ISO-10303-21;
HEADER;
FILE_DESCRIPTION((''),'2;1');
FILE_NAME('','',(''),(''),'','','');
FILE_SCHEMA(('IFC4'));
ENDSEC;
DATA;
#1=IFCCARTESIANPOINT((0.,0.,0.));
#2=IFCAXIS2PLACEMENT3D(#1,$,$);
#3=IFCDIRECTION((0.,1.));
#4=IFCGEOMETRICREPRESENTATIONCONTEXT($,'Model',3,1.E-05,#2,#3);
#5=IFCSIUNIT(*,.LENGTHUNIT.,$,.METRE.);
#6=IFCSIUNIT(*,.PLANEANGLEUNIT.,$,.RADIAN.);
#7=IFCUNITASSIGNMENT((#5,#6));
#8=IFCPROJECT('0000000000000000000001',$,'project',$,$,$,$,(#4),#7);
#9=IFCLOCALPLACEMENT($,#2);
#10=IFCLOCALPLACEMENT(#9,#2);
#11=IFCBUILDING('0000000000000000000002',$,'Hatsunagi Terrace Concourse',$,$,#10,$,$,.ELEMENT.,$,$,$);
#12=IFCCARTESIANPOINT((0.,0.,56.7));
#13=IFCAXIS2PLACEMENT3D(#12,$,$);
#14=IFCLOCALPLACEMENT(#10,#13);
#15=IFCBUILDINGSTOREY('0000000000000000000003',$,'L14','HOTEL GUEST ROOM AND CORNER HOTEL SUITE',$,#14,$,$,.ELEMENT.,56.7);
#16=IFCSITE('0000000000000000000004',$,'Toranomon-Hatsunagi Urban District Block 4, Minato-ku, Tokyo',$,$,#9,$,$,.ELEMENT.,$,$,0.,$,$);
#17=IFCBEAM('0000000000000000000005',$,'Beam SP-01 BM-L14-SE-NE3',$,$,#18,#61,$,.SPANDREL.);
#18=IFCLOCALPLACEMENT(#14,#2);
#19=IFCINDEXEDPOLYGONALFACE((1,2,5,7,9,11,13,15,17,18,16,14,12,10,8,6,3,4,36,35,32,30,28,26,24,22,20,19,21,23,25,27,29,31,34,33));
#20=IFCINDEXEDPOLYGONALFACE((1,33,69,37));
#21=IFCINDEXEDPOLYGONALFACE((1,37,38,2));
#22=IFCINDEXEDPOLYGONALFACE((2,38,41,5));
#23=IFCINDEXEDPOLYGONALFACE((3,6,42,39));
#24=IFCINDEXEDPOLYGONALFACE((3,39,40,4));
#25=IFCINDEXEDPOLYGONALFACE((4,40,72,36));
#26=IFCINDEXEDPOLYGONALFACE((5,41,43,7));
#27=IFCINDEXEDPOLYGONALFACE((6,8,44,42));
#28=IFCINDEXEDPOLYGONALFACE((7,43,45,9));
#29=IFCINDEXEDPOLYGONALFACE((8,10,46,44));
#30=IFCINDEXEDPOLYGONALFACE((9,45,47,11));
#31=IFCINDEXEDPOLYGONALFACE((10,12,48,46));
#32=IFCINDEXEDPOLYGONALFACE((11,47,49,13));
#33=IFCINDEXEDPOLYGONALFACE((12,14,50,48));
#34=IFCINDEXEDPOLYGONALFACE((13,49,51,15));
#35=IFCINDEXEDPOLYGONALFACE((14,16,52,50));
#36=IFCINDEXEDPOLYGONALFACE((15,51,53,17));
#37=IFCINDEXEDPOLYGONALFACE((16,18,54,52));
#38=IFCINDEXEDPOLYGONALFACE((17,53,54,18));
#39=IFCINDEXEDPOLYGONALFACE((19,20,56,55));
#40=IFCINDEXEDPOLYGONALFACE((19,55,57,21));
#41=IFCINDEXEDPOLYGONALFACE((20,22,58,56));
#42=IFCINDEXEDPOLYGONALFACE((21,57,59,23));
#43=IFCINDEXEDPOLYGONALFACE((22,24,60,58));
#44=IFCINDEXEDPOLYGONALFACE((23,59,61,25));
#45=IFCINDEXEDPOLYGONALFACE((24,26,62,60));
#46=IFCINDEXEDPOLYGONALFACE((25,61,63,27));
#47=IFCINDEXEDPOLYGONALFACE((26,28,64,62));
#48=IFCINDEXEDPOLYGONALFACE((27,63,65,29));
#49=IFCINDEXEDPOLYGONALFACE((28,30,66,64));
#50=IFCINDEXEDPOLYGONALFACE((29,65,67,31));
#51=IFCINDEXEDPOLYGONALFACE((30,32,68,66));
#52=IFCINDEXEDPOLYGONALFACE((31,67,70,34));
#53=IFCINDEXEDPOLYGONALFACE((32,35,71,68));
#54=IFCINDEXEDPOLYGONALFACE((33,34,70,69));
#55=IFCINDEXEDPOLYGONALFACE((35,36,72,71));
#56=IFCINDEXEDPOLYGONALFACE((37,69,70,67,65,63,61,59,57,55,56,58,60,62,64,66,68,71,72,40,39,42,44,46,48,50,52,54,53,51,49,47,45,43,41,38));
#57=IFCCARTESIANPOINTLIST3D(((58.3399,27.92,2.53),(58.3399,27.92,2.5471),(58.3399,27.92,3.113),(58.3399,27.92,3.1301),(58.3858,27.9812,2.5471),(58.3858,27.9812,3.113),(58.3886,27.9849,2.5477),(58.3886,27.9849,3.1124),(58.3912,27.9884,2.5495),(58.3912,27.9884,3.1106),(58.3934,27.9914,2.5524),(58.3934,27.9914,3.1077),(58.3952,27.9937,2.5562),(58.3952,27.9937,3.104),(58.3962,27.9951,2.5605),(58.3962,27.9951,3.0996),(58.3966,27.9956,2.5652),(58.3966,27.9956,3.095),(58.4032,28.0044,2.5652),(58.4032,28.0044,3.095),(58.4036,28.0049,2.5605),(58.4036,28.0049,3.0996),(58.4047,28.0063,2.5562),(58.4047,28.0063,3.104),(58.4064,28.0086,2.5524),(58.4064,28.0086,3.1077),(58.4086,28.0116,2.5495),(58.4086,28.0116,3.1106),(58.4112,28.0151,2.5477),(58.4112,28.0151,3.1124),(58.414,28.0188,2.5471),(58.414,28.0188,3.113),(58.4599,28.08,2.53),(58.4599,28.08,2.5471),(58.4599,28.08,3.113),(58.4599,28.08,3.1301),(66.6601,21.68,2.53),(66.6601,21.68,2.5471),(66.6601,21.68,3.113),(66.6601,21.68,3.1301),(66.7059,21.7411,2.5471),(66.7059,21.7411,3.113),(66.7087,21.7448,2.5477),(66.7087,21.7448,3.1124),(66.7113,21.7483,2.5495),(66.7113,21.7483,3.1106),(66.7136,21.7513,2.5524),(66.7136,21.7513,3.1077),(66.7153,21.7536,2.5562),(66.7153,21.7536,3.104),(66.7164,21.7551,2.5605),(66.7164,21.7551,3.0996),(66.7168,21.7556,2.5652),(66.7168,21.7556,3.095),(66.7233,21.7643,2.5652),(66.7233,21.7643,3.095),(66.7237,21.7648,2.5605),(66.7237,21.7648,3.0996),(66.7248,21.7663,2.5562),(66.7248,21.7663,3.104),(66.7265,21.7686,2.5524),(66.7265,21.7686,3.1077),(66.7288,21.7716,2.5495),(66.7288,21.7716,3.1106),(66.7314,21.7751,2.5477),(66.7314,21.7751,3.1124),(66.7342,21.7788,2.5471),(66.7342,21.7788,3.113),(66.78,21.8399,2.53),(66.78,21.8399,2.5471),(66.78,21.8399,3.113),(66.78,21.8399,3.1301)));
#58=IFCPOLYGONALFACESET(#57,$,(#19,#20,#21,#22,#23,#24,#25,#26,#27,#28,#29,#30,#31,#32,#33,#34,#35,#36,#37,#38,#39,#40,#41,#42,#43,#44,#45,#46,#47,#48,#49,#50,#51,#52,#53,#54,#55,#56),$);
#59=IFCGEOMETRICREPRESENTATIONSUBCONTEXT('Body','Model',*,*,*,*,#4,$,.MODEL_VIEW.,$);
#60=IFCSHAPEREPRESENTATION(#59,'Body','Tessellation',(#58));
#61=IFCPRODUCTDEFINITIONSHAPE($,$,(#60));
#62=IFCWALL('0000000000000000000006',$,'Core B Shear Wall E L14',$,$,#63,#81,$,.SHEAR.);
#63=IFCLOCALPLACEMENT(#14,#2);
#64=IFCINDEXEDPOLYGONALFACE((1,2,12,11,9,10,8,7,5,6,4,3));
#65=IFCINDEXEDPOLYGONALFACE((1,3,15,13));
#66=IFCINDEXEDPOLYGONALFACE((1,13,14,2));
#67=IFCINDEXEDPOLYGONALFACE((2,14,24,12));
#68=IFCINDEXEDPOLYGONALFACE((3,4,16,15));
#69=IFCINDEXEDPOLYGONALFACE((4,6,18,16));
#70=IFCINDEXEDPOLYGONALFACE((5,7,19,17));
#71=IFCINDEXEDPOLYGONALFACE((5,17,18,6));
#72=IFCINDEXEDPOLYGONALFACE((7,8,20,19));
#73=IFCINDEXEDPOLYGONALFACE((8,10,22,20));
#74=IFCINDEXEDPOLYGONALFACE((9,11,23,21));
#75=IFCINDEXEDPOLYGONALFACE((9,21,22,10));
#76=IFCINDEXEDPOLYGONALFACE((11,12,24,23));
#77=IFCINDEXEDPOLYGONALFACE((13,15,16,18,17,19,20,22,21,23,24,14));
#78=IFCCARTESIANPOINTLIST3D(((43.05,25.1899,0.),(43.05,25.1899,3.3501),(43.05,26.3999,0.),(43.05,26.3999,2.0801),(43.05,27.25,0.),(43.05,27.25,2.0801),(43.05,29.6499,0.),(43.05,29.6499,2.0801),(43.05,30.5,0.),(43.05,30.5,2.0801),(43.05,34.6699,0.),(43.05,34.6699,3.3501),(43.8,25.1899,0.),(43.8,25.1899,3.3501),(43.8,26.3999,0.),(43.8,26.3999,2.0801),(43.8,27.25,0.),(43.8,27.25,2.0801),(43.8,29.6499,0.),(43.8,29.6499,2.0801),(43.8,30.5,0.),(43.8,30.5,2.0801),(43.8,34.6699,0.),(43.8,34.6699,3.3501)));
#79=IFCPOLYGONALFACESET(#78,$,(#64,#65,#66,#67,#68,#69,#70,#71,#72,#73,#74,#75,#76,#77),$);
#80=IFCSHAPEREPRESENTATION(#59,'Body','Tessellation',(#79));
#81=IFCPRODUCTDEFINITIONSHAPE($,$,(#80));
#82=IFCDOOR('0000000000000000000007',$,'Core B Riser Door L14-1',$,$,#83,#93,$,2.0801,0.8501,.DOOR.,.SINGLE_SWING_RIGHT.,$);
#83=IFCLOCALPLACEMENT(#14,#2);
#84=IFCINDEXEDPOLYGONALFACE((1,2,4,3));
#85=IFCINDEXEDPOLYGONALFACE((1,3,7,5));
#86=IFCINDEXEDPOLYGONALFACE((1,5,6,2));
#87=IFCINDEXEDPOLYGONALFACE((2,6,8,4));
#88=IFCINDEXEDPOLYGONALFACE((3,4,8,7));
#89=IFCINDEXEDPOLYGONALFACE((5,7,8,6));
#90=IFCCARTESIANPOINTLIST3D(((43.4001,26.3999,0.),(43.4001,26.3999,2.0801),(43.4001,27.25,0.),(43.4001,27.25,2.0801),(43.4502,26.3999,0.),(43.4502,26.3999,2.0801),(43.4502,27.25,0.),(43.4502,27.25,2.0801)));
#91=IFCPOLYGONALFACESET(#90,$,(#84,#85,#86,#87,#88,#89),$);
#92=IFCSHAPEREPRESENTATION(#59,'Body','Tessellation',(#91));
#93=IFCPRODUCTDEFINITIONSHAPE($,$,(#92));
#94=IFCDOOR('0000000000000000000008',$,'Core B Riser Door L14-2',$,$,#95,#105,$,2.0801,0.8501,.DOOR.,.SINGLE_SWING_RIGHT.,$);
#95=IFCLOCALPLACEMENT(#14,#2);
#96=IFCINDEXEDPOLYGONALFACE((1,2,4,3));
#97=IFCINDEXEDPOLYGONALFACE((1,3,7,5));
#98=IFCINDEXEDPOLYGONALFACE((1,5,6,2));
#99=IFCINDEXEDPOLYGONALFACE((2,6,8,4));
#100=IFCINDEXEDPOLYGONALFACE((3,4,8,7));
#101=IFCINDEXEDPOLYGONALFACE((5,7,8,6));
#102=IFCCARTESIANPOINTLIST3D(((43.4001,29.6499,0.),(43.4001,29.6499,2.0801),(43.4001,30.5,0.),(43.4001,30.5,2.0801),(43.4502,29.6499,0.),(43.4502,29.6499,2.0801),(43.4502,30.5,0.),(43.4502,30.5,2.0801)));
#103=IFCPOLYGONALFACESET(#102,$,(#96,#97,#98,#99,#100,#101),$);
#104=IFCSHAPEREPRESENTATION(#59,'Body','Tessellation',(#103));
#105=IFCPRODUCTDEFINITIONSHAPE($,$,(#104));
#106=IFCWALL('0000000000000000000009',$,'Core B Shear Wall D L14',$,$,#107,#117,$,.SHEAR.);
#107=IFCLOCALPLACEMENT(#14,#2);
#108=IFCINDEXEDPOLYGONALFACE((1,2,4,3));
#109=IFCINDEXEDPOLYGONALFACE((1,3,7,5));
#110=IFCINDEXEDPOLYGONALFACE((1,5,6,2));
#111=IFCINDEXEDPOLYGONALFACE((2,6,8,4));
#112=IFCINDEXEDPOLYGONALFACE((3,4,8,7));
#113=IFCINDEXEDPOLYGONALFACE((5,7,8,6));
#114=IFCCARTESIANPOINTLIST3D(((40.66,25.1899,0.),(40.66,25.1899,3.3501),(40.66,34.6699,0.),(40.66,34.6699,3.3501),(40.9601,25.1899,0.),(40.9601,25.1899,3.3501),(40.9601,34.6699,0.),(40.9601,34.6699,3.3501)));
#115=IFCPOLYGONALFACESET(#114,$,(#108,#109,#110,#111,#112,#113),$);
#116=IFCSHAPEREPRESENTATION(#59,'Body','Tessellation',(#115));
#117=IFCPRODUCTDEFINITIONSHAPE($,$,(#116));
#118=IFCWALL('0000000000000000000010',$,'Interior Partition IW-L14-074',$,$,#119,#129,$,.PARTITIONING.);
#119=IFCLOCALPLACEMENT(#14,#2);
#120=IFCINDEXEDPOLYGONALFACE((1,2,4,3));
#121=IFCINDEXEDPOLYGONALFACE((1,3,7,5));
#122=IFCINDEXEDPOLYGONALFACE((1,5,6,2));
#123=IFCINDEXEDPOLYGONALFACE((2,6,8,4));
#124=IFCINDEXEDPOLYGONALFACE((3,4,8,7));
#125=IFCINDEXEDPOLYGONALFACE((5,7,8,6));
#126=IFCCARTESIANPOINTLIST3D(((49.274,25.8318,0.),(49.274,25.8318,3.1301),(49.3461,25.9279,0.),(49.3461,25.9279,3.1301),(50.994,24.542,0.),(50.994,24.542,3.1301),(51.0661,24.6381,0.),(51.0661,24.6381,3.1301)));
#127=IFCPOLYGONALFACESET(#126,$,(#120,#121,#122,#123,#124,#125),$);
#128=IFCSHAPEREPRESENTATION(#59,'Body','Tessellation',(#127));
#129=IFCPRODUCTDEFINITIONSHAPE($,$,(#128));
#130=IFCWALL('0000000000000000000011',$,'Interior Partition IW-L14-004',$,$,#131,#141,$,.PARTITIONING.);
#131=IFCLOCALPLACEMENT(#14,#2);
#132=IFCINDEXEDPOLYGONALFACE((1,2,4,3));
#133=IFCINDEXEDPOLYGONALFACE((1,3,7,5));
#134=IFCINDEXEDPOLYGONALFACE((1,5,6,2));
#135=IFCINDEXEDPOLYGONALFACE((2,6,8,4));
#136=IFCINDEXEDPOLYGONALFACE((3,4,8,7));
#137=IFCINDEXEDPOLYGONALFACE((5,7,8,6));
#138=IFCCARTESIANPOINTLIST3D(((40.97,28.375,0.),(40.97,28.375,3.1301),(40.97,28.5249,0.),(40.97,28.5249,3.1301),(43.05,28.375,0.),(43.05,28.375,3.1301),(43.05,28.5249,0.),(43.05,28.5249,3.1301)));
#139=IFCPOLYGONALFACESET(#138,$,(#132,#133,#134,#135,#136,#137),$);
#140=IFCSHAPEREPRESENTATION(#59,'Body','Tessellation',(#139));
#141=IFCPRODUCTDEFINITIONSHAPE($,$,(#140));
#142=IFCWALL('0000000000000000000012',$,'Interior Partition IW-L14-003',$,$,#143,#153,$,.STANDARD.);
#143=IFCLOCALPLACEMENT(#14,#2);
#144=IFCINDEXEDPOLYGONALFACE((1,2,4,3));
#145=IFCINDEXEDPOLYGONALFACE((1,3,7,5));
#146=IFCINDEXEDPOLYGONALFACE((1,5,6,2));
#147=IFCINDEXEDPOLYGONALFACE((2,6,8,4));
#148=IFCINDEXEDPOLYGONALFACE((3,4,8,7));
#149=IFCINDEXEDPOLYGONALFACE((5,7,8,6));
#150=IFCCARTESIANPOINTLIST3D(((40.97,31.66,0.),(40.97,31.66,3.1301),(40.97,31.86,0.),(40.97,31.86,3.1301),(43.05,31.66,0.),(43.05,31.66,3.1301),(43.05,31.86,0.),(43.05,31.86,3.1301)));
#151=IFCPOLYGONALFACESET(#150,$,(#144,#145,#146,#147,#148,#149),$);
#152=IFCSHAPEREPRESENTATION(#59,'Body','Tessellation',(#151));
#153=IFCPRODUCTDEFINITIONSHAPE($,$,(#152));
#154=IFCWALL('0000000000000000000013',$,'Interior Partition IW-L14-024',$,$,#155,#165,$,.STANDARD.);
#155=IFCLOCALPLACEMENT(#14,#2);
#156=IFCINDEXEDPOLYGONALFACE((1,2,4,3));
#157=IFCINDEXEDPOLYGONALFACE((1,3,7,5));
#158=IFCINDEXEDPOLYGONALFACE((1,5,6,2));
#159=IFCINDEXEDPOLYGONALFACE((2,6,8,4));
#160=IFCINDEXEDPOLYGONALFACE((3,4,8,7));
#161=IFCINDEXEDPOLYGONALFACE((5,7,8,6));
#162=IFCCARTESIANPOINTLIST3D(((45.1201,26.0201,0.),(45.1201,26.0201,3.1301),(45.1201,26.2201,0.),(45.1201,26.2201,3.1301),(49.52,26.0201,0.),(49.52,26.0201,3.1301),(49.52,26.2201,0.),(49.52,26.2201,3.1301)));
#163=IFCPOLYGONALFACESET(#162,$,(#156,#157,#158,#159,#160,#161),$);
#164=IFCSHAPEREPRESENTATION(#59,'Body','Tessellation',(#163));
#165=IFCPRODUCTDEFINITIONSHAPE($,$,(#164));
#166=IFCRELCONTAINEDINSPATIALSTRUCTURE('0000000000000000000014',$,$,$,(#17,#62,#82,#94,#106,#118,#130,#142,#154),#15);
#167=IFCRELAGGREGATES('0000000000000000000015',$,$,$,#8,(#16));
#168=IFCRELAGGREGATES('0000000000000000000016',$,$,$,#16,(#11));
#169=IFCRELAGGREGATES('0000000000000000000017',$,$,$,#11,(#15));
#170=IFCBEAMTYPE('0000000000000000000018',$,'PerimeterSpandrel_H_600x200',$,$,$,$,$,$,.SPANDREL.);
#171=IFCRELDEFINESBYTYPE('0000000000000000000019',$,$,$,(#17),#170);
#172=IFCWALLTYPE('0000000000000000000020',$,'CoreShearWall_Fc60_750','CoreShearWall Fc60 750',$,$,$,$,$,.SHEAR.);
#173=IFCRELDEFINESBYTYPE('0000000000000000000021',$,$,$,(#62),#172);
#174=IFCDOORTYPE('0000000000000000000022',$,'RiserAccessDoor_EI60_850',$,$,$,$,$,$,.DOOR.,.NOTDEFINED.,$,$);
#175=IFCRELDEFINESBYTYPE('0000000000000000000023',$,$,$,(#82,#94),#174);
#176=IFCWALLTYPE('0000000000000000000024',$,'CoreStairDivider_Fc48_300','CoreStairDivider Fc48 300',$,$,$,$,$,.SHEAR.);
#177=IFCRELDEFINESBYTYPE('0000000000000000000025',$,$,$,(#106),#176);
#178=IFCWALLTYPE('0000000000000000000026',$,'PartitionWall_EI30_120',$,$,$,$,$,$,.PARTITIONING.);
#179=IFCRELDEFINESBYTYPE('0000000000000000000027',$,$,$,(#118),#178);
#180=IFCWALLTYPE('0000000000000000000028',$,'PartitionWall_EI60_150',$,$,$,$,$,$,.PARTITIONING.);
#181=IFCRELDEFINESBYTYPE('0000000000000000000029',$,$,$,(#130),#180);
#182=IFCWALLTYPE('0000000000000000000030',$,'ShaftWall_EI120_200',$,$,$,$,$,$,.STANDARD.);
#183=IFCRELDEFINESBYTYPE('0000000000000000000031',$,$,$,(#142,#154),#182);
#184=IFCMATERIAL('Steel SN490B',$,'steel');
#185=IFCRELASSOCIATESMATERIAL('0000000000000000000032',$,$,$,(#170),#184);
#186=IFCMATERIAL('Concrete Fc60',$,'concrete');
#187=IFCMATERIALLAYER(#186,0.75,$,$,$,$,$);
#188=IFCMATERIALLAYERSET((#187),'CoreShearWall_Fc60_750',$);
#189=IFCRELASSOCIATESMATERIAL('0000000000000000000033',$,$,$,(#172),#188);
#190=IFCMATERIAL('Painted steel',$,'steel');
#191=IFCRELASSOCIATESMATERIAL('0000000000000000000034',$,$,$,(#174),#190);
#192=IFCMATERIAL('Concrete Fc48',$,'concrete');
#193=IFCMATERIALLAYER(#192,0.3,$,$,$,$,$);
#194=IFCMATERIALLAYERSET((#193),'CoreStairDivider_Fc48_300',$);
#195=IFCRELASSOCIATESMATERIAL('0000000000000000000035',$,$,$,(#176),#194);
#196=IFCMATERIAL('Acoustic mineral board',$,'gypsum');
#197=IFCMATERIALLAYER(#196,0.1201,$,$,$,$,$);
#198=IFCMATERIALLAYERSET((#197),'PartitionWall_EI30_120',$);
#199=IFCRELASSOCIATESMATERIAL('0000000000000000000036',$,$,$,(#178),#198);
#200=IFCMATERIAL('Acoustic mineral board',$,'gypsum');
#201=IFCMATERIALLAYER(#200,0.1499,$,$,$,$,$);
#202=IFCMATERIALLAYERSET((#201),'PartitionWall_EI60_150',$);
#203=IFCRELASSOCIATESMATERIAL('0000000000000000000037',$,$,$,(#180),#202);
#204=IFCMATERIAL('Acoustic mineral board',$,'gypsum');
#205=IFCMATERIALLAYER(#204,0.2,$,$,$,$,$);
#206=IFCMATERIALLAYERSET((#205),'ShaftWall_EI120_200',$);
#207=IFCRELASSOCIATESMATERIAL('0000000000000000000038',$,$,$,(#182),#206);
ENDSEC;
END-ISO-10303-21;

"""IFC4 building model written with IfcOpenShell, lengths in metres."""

from ifc_helpers import new_model, si_unit, direction, frame, frame_2d, origin, origin_2d, place, context, subcontext, project, spatial, rectangle, i_section, extrude, material, layer, layer_set, material_profile, profile_set, type_object, element, fill, save


model = new_model("IFC4")

# Units and contexts
model_context = context("Model", 3, precision=1e-05, world=origin(), true_north=direction((0.0, 1.0)))
body_context = subcontext(model_context, "Body", "Model", "MODEL_VIEW")
ifc_project = project(units=[si_unit("LENGTHUNIT", "METRE"), si_unit("PLANEANGLEUNIT", "RADIAN")], contexts=[model_context])

# Site, building, storey
site_placement = place(None, origin())
site = spatial("IfcSite", under=ifc_project, at=site_placement, Name="Toranomon-Hatsunagi Urban District Block 4, Minato-ku, Tokyo", CompositionType="ELEMENT", RefElevation=0.0)
building_placement = place(site_placement, origin())
building = spatial("IfcBuilding", under=site, at=building_placement, Name="Hatsunagi Terrace Concourse", CompositionType="ELEMENT")
storey_placement = place(building_placement, frame((0.0, 0.0, 56.7)))
storey = spatial("IfcBuildingStorey", under=building, at=storey_placement, Name="L14", Description="HOTEL GUEST ROOM AND CORNER HOTEL SUITE", CompositionType="ELEMENT", Elevation=56.7)

# Beam
ifc_material_1 = material(Name="Steel SN490B", Category="steel")
ifc_material_profile_1 = material_profile(ifc_material_1, i_section(OverallWidth=0.2, OverallDepth=0.6001, WebThickness=0.011, FlangeThickness=0.0171, FilletRadius=0.0181, at=origin_2d()), Name="H-600x200x11x17")
ifc_profile_set_1 = profile_set([ifc_material_profile_1], Name="Steel SN490B")
beam_type_1 = type_object("IfcBeamType", Name="PerimeterSpandrel_H_600x200", PredefinedType="SPANDREL", material=ifc_profile_set_1)
beam_1_placement = place(storey_placement, frame((58.3999, 28.0, 2.8301), z_axis=(0.800003, -0.599996, 0.0), x_axis=(0.599996, 0.800003, 0.0)))
element("IfcBeam", 1, at=beam_1_placement, inside=storey, type_object=beam_type_1, Name="Beam SP-01 BM-L14-SE-NE3", PredefinedType="SPANDREL", context=body_context, shape_type="SweptSolid", body=[
    extrude(i_section(OverallWidth=0.2, OverallDepth=0.6001, WebThickness=0.011, FlangeThickness=0.0171, FilletRadius=0.0181, at=origin_2d()), origin(), (0.0, 0.0, 1.0), 10.4001),
])

# Wall, openings, doors
ifc_material_2 = material(Name="Concrete Fc60", Category="concrete")
ifc_layer_1 = layer(ifc_material_2, 0.75)
ifc_layer_set_1 = layer_set([ifc_layer_1], Name="CoreShearWall_Fc60_750")
wall_type_1 = type_object("IfcWallType", Name="CoreShearWall_Fc60_750", Description="CoreShearWall Fc60 750", PredefinedType="SHEAR", material=ifc_layer_set_1)
wall_1_placement = place(storey_placement, frame((43.425, 25.1899, 0.0), z_axis=(0.0, 0.0, 1.0), x_axis=(0.0, 1.0, 0.0)))
wall_1 = element("IfcWall", 2, at=wall_1_placement, inside=storey, type_object=wall_type_1, Name="Core B Shear Wall E L14", PredefinedType="SHEAR", context=body_context, shape_type="SweptSolid", body=[
    extrude(rectangle(XDim=9.48, YDim=0.75, at=frame_2d((4.74, 0.0))), origin(), (0.0, 0.0, 1.0), 3.3501),
])
opening_1_placement = place(wall_1_placement, frame((1.21, 0.0, 0.0)))
opening_1 = element("IfcOpeningElement", 3, at=opening_1_placement, cuts=wall_1, PredefinedType="OPENING", context=body_context, shape_type="SweptSolid", body=[
    extrude(rectangle(XDim=0.8501, YDim=2.0801, at=frame_2d((0.425, 1.04))), frame((0.0, 0.385, 0.0), z_axis=(0.0, -1.0, 0.0), x_axis=(1.0, 0.0, 0.0)), (0.0, 0.0, 1.0), 0.77),
])
opening_2_placement = place(wall_1_placement, frame((4.46, 0.0, 0.0)))
opening_2 = element("IfcOpeningElement", 4, at=opening_2_placement, cuts=wall_1, PredefinedType="OPENING", context=body_context, shape_type="SweptSolid", body=[
    extrude(rectangle(XDim=0.8501, YDim=2.0801, at=frame_2d((0.425, 1.04))), frame((0.0, 0.385, 0.0), z_axis=(0.0, -1.0, 0.0), x_axis=(1.0, 0.0, 0.0)), (0.0, 0.0, 1.0), 0.77),
])
ifc_material_3 = material(Name="Painted steel", Category="steel")
door_type_1 = type_object("IfcDoorType", Name="RiserAccessDoor_EI60_850", OperationType="NOTDEFINED", PredefinedType="DOOR", material=ifc_material_3)
door_1_placement = place(opening_1_placement, origin())
door_1 = element("IfcDoor", 5, at=door_1_placement, inside=storey, type_object=door_type_1, Name="Core B Riser Door L14-1", OperationType="SINGLE_SWING_RIGHT", OverallHeight=2.0801, OverallWidth=0.8501, PredefinedType="DOOR", context=body_context, shape_type="SweptSolid", body=[
    extrude(rectangle(XDim=0.8501, YDim=2.0801, at=frame_2d((0.425, 1.04))), frame((0.0, 0.0249, 0.0), z_axis=(0.0, -1.0, 0.0), x_axis=(1.0, 0.0, 0.0)), (0.0, 0.0, 1.0), 0.05),
])
fill(opening_1, door_1)
door_2_placement = place(opening_2_placement, origin())
door_2 = element("IfcDoor", 6, at=door_2_placement, inside=storey, type_object=door_type_1, Name="Core B Riser Door L14-2", OperationType="SINGLE_SWING_RIGHT", OverallHeight=2.0801, OverallWidth=0.8501, PredefinedType="DOOR", context=body_context, shape_type="SweptSolid", body=[
    extrude(rectangle(XDim=0.8501, YDim=2.0801, at=frame_2d((0.425, 1.04))), frame((0.0, 0.0249, 0.0), z_axis=(0.0, -1.0, 0.0), x_axis=(1.0, 0.0, 0.0)), (0.0, 0.0, 1.0), 0.05),
])
fill(opening_2, door_2)

# Walls
ifc_material_4 = material(Name="Concrete Fc48", Category="concrete")
ifc_layer_2 = layer(ifc_material_4, 0.3)
ifc_layer_set_2 = layer_set([ifc_layer_2], Name="CoreStairDivider_Fc48_300")
wall_type_2 = type_object("IfcWallType", Name="CoreStairDivider_Fc48_300", Description="CoreStairDivider Fc48 300", PredefinedType="SHEAR", material=ifc_layer_set_2)
wall_2_placement = place(storey_placement, frame((40.8101, 25.1899, 0.0), z_axis=(0.0, 0.0, 1.0), x_axis=(0.0, 1.0, 0.0)))
element("IfcWall", 7, at=wall_2_placement, inside=storey, type_object=wall_type_2, Name="Core B Shear Wall D L14", PredefinedType="SHEAR", context=body_context, shape_type="SweptSolid", body=[
    extrude(rectangle(XDim=9.48, YDim=0.3, at=frame_2d((4.74, 0.0))), origin(), (0.0, 0.0, 1.0), 3.3501),
])
ifc_material_5 = material(Name="Acoustic mineral board", Category="gypsum")
ifc_layer_3 = layer(ifc_material_5, 0.1201)
ifc_layer_set_3 = layer_set([ifc_layer_3], Name="PartitionWall_EI30_120")
wall_type_3 = type_object("IfcWallType", Name="PartitionWall_EI30_120", PredefinedType="PARTITIONING", material=ifc_layer_set_3)
wall_3_placement = place(storey_placement, frame((49.3101, 25.8799, 0.0), z_axis=(0.0, 0.0, 1.0), x_axis=(0.800041, -0.599945, 0.0)))
element("IfcWall", 8, at=wall_3_placement, inside=storey, type_object=wall_type_3, Name="Interior Partition IW-L14-074", PredefinedType="PARTITIONING", context=body_context, shape_type="SweptSolid", body=[
    extrude(rectangle(XDim=2.1499, YDim=0.1201, at=frame_2d((1.075, 0.0))), origin(), (0.0, 0.0, 1.0), 3.1301),
])
ifc_material_6 = material(Name="Acoustic mineral board", Category="gypsum")
ifc_layer_4 = layer(ifc_material_6, 0.1499)
ifc_layer_set_4 = layer_set([ifc_layer_4], Name="PartitionWall_EI60_150")
wall_type_4 = type_object("IfcWallType", Name="PartitionWall_EI60_150", PredefinedType="PARTITIONING", material=ifc_layer_set_4)
wall_4_placement = place(storey_placement, frame((40.97, 28.45, 0.0), z_axis=(0.0, 0.0, 1.0), x_axis=(1.0, 0.0, 0.0)))
element("IfcWall", 9, at=wall_4_placement, inside=storey, type_object=wall_type_4, Name="Interior Partition IW-L14-004", PredefinedType="PARTITIONING", context=body_context, shape_type="SweptSolid", body=[
    extrude(rectangle(XDim=2.0801, YDim=0.1499, at=frame_2d((1.04, 0.0))), origin(), (0.0, 0.0, 1.0), 3.1301),
])
ifc_material_7 = material(Name="Acoustic mineral board", Category="gypsum")
ifc_layer_5 = layer(ifc_material_7, 0.2)
ifc_layer_set_5 = layer_set([ifc_layer_5], Name="ShaftWall_EI120_200")
wall_type_5 = type_object("IfcWallType", Name="ShaftWall_EI120_200", PredefinedType="STANDARD", material=ifc_layer_set_5)
wall_5_placement = place(storey_placement, frame((40.97, 31.76, 0.0), z_axis=(0.0, 0.0, 1.0), x_axis=(1.0, 0.0, 0.0)))
element("IfcWall", 10, at=wall_5_placement, inside=storey, type_object=wall_type_5, Name="Interior Partition IW-L14-003", PredefinedType="STANDARD", context=body_context, shape_type="SweptSolid", body=[
    extrude(rectangle(XDim=2.0801, YDim=0.2, at=frame_2d((1.04, 0.0))), origin(), (0.0, 0.0, 1.0), 3.1301),
])
wall_6_placement = place(storey_placement, frame((45.1201, 26.1201, 0.0), z_axis=(0.0, 0.0, 1.0), x_axis=(1.0, 0.0, 0.0)))
element("IfcWall", 11, at=wall_6_placement, inside=storey, type_object=wall_type_5, Name="Interior Partition IW-L14-024", PredefinedType="STANDARD", context=body_context, shape_type="SweptSolid", body=[
    extrude(rectangle(XDim=4.3999, YDim=0.2, at=frame_2d((2.2, 0.0))), origin(), (0.0, 0.0, 1.0), 3.1301),
])

save(model, "model.ifc")
